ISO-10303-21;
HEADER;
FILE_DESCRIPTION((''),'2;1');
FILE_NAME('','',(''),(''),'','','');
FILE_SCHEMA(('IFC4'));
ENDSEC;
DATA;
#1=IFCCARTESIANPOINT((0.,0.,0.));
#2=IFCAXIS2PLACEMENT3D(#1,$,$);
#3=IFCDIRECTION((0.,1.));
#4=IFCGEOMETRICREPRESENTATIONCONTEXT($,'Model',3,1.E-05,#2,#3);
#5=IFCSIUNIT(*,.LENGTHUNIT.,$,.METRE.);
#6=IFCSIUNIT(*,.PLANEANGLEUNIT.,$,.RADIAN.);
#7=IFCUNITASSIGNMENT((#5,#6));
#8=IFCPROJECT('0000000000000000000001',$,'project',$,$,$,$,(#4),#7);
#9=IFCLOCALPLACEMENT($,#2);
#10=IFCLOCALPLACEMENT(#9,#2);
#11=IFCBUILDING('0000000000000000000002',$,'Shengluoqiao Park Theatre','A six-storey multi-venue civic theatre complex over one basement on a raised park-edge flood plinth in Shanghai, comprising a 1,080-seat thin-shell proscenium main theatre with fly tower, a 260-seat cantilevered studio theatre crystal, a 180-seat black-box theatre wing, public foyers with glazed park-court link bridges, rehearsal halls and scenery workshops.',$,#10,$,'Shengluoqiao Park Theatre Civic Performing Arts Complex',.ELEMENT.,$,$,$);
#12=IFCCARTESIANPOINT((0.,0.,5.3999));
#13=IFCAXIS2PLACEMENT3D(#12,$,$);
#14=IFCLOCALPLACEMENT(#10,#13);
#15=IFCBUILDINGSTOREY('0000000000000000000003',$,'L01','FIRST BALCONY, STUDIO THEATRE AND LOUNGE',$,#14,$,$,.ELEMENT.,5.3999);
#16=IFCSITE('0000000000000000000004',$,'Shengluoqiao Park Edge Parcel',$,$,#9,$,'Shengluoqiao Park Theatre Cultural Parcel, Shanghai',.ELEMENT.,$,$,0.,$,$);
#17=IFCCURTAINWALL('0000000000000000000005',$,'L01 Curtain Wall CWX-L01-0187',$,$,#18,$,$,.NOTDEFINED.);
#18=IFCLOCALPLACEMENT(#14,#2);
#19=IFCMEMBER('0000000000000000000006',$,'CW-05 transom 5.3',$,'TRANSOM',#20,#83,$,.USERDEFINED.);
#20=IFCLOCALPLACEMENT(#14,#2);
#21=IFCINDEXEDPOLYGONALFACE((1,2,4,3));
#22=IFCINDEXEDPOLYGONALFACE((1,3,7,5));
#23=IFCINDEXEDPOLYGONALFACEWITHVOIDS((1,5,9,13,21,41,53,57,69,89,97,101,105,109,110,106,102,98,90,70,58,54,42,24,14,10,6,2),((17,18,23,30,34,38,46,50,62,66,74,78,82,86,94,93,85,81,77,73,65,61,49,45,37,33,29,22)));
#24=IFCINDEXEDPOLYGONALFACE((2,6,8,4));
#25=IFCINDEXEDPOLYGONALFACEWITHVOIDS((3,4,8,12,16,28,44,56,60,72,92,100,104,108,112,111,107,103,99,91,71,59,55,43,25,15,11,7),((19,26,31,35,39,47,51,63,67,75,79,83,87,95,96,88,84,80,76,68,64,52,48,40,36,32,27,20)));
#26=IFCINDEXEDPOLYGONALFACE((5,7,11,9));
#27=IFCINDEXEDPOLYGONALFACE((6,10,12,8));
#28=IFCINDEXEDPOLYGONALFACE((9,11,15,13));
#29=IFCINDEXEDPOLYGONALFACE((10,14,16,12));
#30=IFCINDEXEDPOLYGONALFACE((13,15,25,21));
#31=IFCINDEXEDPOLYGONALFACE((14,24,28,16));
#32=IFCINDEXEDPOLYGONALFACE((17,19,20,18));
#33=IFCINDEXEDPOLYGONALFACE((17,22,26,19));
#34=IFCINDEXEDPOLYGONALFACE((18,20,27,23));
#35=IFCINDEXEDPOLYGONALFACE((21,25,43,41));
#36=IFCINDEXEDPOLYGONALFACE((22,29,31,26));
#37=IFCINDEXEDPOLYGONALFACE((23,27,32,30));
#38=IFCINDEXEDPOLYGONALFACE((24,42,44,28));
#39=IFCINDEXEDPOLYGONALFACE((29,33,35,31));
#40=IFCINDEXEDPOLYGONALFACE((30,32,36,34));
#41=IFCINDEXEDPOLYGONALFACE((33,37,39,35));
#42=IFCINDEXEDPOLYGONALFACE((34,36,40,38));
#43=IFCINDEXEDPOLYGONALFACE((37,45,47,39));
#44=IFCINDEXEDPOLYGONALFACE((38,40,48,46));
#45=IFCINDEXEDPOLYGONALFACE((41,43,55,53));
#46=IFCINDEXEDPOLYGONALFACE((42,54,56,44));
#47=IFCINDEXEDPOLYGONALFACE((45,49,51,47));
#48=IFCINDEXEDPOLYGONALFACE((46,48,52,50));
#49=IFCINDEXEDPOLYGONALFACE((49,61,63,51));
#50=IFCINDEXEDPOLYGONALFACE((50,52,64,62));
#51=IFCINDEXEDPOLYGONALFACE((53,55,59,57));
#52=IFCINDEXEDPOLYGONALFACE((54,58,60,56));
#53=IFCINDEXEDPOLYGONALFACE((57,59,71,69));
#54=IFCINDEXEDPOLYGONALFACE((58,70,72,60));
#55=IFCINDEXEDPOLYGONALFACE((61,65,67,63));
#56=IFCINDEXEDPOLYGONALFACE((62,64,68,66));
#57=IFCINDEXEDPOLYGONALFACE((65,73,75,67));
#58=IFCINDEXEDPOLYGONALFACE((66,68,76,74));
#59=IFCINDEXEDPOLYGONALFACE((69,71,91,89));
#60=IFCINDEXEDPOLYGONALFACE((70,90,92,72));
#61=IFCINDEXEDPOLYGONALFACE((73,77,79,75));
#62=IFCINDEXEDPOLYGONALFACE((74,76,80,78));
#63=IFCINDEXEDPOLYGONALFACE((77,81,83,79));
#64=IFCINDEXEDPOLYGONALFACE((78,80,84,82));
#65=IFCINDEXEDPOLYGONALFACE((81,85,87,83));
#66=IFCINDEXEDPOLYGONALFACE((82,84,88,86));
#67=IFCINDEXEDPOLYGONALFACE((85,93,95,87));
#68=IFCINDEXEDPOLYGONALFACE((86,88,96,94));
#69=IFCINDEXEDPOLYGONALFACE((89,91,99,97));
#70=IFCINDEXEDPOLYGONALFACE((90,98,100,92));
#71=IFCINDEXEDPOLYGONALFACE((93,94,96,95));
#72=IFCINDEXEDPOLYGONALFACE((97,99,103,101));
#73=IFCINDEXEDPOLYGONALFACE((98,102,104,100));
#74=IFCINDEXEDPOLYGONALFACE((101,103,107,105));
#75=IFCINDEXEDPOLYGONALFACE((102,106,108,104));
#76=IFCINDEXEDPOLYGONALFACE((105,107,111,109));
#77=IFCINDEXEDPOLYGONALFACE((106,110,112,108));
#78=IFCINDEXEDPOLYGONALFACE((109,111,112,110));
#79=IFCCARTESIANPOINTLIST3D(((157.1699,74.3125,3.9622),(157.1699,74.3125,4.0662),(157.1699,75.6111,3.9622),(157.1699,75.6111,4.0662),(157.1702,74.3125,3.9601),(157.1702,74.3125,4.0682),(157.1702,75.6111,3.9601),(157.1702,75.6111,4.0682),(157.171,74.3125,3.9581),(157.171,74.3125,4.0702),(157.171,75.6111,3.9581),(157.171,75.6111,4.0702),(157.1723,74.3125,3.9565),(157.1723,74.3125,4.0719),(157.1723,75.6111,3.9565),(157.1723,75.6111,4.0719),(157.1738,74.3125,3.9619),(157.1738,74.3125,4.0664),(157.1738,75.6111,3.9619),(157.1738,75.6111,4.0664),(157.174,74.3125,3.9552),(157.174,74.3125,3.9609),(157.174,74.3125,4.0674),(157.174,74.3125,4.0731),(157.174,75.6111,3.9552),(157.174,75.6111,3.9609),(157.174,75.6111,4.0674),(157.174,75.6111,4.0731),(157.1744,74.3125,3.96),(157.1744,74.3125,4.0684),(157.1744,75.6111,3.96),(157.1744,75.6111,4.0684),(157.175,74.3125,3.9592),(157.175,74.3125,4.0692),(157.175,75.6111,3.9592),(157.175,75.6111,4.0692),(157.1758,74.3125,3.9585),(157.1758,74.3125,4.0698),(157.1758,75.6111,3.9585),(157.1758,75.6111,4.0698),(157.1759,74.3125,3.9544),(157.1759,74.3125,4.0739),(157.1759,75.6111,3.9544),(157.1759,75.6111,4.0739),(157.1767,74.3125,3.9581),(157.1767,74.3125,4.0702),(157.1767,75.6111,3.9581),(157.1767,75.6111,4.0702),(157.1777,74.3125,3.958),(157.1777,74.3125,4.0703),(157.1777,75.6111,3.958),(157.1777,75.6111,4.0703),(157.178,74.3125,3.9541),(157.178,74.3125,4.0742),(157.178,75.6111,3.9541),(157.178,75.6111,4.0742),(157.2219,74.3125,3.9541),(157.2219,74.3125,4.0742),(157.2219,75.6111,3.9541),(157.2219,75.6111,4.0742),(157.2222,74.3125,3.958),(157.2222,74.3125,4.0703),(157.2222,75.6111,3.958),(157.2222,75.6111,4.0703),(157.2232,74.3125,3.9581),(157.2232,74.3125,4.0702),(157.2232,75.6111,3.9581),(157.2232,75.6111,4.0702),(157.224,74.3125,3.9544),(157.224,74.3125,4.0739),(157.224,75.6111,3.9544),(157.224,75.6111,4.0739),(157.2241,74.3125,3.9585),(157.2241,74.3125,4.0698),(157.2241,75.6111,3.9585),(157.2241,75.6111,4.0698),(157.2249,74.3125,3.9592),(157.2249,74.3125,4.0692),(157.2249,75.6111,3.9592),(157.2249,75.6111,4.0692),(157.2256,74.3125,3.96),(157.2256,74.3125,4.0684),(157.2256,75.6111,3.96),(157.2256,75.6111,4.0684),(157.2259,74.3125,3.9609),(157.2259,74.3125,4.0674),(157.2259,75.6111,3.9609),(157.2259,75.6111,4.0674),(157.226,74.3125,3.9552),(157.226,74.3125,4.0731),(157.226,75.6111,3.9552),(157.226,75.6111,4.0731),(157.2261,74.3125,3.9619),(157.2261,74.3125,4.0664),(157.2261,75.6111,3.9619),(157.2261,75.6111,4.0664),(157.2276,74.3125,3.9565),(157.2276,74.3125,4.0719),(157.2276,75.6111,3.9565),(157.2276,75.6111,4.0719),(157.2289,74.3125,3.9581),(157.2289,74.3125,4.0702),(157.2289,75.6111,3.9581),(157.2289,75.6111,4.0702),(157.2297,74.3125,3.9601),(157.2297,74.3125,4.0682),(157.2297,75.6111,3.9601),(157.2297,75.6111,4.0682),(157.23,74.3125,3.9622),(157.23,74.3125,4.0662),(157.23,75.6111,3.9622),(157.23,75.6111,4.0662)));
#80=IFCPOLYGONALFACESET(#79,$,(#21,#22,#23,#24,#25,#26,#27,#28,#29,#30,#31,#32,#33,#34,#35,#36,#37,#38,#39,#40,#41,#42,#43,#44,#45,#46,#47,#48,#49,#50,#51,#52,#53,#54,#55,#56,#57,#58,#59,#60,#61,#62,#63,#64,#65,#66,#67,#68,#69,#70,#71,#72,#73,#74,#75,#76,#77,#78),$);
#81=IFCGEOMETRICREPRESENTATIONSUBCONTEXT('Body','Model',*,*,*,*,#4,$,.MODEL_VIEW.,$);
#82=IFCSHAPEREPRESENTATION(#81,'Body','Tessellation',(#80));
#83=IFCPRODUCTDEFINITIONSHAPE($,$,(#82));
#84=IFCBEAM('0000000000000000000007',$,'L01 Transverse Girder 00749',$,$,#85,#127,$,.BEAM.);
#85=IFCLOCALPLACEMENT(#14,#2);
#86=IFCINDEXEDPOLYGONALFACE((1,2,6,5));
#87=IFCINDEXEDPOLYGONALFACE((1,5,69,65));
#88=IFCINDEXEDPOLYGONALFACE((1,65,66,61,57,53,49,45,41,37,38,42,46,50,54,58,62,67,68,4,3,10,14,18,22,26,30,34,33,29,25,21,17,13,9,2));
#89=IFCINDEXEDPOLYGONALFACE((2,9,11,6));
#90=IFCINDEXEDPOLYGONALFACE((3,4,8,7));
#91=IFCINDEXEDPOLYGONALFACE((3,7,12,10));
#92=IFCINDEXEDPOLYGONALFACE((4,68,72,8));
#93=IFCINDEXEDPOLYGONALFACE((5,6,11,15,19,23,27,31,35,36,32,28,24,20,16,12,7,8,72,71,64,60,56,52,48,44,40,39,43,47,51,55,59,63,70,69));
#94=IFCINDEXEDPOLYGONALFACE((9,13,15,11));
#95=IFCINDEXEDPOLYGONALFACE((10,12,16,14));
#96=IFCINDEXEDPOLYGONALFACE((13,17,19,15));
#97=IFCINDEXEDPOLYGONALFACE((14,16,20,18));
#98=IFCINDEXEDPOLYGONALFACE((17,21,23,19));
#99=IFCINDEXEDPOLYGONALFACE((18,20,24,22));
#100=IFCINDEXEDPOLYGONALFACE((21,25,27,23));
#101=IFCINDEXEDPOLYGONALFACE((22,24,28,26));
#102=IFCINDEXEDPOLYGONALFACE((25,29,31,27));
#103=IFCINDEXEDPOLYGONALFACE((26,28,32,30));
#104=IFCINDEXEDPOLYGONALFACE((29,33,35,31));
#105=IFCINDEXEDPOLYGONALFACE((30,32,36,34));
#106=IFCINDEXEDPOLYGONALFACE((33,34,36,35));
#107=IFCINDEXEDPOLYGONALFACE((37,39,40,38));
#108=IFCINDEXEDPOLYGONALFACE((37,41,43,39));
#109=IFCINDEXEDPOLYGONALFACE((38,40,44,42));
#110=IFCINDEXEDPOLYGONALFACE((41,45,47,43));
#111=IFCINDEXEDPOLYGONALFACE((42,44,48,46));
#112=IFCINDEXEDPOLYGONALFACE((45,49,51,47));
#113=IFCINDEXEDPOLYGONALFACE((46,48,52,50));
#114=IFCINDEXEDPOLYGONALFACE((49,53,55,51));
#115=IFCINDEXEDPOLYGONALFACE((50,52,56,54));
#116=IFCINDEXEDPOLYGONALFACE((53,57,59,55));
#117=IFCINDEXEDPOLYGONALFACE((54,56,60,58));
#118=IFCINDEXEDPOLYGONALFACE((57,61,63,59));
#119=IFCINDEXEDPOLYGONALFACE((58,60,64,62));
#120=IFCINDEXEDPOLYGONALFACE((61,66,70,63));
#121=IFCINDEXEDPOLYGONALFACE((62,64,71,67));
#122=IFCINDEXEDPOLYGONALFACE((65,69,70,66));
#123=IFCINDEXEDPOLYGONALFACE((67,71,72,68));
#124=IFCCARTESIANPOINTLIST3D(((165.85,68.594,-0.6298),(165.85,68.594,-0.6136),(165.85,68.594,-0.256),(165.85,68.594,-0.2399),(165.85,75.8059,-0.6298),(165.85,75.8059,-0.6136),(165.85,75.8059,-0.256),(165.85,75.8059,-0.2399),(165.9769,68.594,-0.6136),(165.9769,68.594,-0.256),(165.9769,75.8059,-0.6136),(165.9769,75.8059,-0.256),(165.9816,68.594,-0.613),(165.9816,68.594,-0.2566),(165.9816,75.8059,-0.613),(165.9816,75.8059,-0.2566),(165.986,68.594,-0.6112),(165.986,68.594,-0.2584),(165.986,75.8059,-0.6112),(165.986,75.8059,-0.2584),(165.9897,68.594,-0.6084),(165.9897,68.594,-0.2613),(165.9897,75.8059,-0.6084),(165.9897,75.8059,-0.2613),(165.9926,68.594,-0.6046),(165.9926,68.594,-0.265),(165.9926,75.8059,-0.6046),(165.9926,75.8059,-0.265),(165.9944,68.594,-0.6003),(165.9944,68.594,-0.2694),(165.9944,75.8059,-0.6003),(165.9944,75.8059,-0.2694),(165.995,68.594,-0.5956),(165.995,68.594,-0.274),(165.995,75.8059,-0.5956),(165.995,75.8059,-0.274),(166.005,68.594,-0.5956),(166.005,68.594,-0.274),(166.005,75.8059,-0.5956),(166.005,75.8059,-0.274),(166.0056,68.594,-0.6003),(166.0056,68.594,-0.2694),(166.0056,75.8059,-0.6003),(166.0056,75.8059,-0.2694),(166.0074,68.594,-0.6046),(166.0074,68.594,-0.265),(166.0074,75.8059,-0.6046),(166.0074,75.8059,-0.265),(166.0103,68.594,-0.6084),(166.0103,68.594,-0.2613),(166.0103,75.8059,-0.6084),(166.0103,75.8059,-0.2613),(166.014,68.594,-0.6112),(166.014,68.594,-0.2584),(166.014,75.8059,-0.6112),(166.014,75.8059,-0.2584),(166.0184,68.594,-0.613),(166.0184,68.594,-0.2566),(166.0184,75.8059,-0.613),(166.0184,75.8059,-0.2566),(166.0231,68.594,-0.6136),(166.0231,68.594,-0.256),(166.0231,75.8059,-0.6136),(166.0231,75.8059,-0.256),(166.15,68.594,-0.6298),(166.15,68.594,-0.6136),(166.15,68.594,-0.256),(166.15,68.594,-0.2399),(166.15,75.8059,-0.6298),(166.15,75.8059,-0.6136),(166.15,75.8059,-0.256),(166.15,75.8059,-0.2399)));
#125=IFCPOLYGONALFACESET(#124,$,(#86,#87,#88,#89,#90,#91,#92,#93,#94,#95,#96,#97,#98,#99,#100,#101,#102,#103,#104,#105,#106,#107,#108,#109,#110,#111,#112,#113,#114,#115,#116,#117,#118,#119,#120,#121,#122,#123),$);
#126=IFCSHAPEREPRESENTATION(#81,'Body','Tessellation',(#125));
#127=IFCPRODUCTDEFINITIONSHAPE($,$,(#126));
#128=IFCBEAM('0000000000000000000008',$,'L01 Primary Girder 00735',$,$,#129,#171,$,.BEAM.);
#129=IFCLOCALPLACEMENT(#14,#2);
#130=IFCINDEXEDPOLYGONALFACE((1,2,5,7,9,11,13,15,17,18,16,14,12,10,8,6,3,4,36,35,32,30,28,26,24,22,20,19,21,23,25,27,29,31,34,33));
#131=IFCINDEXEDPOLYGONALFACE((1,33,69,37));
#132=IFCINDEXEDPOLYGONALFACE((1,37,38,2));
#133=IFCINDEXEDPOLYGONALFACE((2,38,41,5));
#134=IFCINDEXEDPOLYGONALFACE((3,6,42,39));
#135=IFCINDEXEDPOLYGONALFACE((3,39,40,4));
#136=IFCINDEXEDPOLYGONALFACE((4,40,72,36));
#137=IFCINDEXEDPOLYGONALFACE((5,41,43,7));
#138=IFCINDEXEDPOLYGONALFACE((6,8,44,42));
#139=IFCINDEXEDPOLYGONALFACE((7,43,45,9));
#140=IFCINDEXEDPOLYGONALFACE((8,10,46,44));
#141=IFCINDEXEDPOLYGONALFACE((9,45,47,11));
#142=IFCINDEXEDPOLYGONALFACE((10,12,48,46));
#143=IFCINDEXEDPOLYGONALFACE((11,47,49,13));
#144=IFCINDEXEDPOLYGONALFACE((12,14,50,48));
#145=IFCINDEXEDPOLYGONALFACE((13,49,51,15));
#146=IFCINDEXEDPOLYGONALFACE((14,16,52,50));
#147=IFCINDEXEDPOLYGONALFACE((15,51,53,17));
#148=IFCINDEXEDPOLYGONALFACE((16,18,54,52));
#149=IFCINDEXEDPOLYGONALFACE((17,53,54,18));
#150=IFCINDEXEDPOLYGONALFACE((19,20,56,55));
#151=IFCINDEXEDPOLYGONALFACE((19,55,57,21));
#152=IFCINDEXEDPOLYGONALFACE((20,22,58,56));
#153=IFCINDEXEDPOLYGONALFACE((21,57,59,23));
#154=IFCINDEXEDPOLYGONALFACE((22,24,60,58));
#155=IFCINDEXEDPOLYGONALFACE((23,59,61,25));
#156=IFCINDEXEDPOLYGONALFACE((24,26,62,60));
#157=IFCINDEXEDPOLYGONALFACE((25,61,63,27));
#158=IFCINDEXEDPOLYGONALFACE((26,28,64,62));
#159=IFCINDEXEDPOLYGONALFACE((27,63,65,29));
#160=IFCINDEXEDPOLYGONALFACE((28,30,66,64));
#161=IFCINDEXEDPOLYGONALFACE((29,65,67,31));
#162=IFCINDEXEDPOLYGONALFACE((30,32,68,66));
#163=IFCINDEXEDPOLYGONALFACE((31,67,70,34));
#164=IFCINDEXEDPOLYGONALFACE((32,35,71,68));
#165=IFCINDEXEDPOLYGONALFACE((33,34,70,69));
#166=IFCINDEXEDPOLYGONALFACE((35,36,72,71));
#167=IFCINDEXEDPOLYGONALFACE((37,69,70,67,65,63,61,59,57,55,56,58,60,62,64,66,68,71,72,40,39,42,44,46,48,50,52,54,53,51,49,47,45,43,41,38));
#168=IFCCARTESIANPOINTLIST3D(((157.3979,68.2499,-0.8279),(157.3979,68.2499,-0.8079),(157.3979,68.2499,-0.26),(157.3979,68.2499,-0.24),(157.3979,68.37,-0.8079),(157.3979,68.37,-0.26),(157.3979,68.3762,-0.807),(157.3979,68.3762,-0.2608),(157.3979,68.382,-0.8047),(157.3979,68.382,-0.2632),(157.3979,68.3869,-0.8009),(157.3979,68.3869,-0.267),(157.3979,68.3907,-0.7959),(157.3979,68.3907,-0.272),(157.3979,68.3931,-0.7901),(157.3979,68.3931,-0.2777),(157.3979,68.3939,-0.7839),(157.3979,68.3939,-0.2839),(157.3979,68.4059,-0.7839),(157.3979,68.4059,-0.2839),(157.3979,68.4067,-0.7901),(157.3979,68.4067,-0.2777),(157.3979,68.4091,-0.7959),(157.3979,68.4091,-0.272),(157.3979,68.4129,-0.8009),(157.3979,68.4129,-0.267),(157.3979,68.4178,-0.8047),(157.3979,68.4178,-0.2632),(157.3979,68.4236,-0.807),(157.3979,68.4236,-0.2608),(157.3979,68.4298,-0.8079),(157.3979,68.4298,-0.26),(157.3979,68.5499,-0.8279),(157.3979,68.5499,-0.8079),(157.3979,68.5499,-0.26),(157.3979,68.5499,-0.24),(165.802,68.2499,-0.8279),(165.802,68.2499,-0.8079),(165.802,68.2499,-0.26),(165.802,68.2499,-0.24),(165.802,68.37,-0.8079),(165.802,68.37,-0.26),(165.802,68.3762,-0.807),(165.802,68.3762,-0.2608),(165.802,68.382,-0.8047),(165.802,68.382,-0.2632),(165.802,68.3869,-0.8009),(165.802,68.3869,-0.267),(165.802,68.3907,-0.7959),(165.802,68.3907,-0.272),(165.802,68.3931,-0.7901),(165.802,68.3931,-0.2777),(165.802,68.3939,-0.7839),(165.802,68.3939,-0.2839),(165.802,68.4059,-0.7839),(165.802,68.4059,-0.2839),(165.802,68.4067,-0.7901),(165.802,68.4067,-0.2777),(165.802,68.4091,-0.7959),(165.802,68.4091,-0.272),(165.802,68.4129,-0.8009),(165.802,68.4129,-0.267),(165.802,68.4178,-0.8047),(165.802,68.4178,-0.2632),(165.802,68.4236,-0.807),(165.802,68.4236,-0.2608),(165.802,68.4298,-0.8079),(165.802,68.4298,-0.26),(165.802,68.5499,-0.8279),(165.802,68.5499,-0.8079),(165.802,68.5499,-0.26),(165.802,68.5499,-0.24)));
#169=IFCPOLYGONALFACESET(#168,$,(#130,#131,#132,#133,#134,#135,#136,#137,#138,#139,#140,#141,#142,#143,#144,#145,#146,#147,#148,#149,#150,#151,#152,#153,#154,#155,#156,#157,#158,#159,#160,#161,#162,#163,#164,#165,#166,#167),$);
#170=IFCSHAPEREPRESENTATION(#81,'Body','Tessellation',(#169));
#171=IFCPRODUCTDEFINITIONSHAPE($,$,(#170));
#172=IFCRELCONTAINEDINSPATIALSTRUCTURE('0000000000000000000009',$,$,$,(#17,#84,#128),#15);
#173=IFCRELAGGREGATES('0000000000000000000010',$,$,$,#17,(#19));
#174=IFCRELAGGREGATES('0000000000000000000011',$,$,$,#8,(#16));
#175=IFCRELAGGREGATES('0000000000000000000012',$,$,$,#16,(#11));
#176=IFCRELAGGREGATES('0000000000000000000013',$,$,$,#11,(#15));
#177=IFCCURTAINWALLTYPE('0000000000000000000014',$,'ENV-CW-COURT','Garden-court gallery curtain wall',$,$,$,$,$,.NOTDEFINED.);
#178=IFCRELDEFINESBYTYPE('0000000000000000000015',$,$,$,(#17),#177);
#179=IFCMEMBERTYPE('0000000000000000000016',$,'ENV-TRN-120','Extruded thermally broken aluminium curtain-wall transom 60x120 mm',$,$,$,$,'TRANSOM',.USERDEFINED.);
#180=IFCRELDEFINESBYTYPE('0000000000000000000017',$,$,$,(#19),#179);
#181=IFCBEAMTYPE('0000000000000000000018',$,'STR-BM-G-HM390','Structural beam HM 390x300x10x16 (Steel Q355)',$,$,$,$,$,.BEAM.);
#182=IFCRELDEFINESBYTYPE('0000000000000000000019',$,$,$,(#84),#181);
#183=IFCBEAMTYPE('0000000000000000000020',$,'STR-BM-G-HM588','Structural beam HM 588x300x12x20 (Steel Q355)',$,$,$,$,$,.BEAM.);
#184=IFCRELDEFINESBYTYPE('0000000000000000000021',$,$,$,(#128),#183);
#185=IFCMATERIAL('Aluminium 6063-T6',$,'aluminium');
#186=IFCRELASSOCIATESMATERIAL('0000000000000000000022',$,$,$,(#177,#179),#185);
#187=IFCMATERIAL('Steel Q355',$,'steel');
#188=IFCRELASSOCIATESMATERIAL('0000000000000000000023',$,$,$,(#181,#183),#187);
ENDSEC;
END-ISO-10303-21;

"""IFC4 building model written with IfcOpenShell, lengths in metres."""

from ifc_helpers import new_model, si_unit, direction, frame, origin, origin_2d, place, context, subcontext, project, spatial, hollow_rectangle, i_section, extrude, material, material_profile, profile_set, type_object, element, aggregate, save


model = new_model("IFC4")

# Units and contexts
model_context = context("Model", 3, precision=1e-05, world=origin(), true_north=direction((0.0, 1.0)))
body_context = subcontext(model_context, "Body", "Model", "MODEL_VIEW")
ifc_project = project(units=[si_unit("LENGTHUNIT", "METRE"), si_unit("PLANEANGLEUNIT", "RADIAN")], contexts=[model_context])

# Site, building, storey
site_placement = place(None, origin())
site = spatial("IfcSite", under=ifc_project, at=site_placement, Name="Shengluoqiao Park Edge Parcel", LongName="Shengluoqiao Park Theatre Cultural Parcel, Shanghai", CompositionType="ELEMENT", RefElevation=0.0)
building_placement = place(site_placement, origin())
building = spatial("IfcBuilding", under=site, at=building_placement, Name="Shengluoqiao Park Theatre", Description="A six-storey multi-venue civic theatre complex over one basement on a raised park-edge flood plinth in Shanghai, comprising a 1,080-seat thin-shell proscenium main theatre with fly tower, a 260-seat cantilevered studio theatre crystal, a 180-seat black-box theatre wing, public foyers with glazed park-court link bridges, rehearsal halls and scenery workshops.", LongName="Shengluoqiao Park Theatre Civic Performing Arts Complex", CompositionType="ELEMENT")
storey_placement = place(building_placement, frame((0.0, 0.0, 5.3999)))
storey = spatial("IfcBuildingStorey", under=building, at=storey_placement, Name="L01", Description="FIRST BALCONY, STUDIO THEATRE AND LOUNGE", CompositionType="ELEMENT", Elevation=5.3999)

# Curtain wall, member
ifc_material_1 = material(Name="Aluminium 6063-T6", Category="aluminium")
curtain_wall_type = type_object("IfcCurtainWallType", Name="ENV-CW-COURT", Description="Garden-court gallery curtain wall", PredefinedType="NOTDEFINED", material=ifc_material_1)
curtain_wall_placement = place(storey_placement, origin())
curtain_wall = element("IfcCurtainWall", 1, at=curtain_wall_placement, inside=storey, type_object=curtain_wall_type, Name="L01 Curtain Wall CWX-L01-0187", PredefinedType="NOTDEFINED")
ifc_material_profile_1 = material_profile(ifc_material_1, hollow_rectangle(XDim=0.0601, YDim=0.1201, WallThickness=0.0039, InnerFilletRadius=0.0039, OuterFilletRadius=0.0081, at=origin_2d()), Name="ALU TRANSOM 120x60x4")
ifc_profile_set_1 = profile_set([ifc_material_profile_1], Name="Aluminium 6063-T6")
member_type_1 = type_object("IfcMemberType", Name="ENV-TRN-120", Description="Extruded thermally broken aluminium curtain-wall transom 60x120 mm", ElementType="TRANSOM", PredefinedType="USERDEFINED", material=ifc_profile_set_1)
member_1_placement = place(storey_placement, frame((157.2, 74.3125, 4.0142), z_axis=(0.0, 1.0, 0.0), x_axis=(-1.0, 0.0, 0.0)))
member_1 = element("IfcMember", 2, at=member_1_placement, type_object=member_type_1, Name="CW-05 transom 5.3", ObjectType="TRANSOM", PredefinedType="USERDEFINED", context=body_context, shape_type="SweptSolid", body=[
    extrude(hollow_rectangle(XDim=0.0601, YDim=0.1201, WallThickness=0.0039, InnerFilletRadius=0.0039, OuterFilletRadius=0.0081, at=origin_2d()), origin(), (0.0, 0.0, 1.0), 1.2986),
])

# Beams
ifc_material_2 = material(Name="Steel Q355", Category="steel")
ifc_material_profile_2 = material_profile(ifc_material_2, i_section(OverallWidth=0.3, OverallDepth=0.3899, WebThickness=0.01, FlangeThickness=0.0161, FilletRadius=0.0181, at=origin_2d()), Name="HM 390x300x10x16")
ifc_profile_set_2 = profile_set([ifc_material_profile_2], Name="Steel Q355")
beam_type_1 = type_object("IfcBeamType", Name="STR-BM-G-HM390", Description="Structural beam HM 390x300x10x16 (Steel Q355)", PredefinedType="BEAM", material=ifc_profile_set_2)
beam_1_placement = place(storey_placement, frame((166.0, 68.594, -0.4348), z_axis=(0.0, 1.0, 0.0), x_axis=(-1.0, 0.0, 0.0)))
element("IfcBeam", 3, at=beam_1_placement, inside=storey, type_object=beam_type_1, Name="L01 Transverse Girder 00749", PredefinedType="BEAM", context=body_context, shape_type="SweptSolid", body=[
    extrude(i_section(OverallWidth=0.3, OverallDepth=0.3899, WebThickness=0.01, FlangeThickness=0.0161, FilletRadius=0.0181, at=origin_2d()), origin(), (0.0, 0.0, 1.0), 7.2119),
])
ifc_material_profile_3 = material_profile(ifc_material_2, i_section(OverallWidth=0.3, OverallDepth=0.5879, WebThickness=0.012, FlangeThickness=0.02, FilletRadius=0.0239, at=origin_2d()), Name="HM 588x300x12x20")
ifc_profile_set_3 = profile_set([ifc_material_profile_3], Name="Steel Q355")
beam_type_2 = type_object("IfcBeamType", Name="STR-BM-G-HM588", Description="Structural beam HM 588x300x12x20 (Steel Q355)", PredefinedType="BEAM", material=ifc_profile_set_3)
beam_2_placement = place(storey_placement, frame((157.3979, 68.3999, -0.5339), z_axis=(1.0, 0.0, 0.0), x_axis=(0.0, 1.0, 0.0)))
element("IfcBeam", 4, at=beam_2_placement, inside=storey, type_object=beam_type_2, Name="L01 Primary Girder 00735", PredefinedType="BEAM", context=body_context, shape_type="SweptSolid", body=[
    extrude(i_section(OverallWidth=0.3, OverallDepth=0.5879, WebThickness=0.012, FlangeThickness=0.02, FilletRadius=0.0239, at=origin_2d()), origin(), (0.0, 0.0, 1.0), 8.4041),
])

aggregate(curtain_wall, [member_1])

save(model, "model.ifc")
